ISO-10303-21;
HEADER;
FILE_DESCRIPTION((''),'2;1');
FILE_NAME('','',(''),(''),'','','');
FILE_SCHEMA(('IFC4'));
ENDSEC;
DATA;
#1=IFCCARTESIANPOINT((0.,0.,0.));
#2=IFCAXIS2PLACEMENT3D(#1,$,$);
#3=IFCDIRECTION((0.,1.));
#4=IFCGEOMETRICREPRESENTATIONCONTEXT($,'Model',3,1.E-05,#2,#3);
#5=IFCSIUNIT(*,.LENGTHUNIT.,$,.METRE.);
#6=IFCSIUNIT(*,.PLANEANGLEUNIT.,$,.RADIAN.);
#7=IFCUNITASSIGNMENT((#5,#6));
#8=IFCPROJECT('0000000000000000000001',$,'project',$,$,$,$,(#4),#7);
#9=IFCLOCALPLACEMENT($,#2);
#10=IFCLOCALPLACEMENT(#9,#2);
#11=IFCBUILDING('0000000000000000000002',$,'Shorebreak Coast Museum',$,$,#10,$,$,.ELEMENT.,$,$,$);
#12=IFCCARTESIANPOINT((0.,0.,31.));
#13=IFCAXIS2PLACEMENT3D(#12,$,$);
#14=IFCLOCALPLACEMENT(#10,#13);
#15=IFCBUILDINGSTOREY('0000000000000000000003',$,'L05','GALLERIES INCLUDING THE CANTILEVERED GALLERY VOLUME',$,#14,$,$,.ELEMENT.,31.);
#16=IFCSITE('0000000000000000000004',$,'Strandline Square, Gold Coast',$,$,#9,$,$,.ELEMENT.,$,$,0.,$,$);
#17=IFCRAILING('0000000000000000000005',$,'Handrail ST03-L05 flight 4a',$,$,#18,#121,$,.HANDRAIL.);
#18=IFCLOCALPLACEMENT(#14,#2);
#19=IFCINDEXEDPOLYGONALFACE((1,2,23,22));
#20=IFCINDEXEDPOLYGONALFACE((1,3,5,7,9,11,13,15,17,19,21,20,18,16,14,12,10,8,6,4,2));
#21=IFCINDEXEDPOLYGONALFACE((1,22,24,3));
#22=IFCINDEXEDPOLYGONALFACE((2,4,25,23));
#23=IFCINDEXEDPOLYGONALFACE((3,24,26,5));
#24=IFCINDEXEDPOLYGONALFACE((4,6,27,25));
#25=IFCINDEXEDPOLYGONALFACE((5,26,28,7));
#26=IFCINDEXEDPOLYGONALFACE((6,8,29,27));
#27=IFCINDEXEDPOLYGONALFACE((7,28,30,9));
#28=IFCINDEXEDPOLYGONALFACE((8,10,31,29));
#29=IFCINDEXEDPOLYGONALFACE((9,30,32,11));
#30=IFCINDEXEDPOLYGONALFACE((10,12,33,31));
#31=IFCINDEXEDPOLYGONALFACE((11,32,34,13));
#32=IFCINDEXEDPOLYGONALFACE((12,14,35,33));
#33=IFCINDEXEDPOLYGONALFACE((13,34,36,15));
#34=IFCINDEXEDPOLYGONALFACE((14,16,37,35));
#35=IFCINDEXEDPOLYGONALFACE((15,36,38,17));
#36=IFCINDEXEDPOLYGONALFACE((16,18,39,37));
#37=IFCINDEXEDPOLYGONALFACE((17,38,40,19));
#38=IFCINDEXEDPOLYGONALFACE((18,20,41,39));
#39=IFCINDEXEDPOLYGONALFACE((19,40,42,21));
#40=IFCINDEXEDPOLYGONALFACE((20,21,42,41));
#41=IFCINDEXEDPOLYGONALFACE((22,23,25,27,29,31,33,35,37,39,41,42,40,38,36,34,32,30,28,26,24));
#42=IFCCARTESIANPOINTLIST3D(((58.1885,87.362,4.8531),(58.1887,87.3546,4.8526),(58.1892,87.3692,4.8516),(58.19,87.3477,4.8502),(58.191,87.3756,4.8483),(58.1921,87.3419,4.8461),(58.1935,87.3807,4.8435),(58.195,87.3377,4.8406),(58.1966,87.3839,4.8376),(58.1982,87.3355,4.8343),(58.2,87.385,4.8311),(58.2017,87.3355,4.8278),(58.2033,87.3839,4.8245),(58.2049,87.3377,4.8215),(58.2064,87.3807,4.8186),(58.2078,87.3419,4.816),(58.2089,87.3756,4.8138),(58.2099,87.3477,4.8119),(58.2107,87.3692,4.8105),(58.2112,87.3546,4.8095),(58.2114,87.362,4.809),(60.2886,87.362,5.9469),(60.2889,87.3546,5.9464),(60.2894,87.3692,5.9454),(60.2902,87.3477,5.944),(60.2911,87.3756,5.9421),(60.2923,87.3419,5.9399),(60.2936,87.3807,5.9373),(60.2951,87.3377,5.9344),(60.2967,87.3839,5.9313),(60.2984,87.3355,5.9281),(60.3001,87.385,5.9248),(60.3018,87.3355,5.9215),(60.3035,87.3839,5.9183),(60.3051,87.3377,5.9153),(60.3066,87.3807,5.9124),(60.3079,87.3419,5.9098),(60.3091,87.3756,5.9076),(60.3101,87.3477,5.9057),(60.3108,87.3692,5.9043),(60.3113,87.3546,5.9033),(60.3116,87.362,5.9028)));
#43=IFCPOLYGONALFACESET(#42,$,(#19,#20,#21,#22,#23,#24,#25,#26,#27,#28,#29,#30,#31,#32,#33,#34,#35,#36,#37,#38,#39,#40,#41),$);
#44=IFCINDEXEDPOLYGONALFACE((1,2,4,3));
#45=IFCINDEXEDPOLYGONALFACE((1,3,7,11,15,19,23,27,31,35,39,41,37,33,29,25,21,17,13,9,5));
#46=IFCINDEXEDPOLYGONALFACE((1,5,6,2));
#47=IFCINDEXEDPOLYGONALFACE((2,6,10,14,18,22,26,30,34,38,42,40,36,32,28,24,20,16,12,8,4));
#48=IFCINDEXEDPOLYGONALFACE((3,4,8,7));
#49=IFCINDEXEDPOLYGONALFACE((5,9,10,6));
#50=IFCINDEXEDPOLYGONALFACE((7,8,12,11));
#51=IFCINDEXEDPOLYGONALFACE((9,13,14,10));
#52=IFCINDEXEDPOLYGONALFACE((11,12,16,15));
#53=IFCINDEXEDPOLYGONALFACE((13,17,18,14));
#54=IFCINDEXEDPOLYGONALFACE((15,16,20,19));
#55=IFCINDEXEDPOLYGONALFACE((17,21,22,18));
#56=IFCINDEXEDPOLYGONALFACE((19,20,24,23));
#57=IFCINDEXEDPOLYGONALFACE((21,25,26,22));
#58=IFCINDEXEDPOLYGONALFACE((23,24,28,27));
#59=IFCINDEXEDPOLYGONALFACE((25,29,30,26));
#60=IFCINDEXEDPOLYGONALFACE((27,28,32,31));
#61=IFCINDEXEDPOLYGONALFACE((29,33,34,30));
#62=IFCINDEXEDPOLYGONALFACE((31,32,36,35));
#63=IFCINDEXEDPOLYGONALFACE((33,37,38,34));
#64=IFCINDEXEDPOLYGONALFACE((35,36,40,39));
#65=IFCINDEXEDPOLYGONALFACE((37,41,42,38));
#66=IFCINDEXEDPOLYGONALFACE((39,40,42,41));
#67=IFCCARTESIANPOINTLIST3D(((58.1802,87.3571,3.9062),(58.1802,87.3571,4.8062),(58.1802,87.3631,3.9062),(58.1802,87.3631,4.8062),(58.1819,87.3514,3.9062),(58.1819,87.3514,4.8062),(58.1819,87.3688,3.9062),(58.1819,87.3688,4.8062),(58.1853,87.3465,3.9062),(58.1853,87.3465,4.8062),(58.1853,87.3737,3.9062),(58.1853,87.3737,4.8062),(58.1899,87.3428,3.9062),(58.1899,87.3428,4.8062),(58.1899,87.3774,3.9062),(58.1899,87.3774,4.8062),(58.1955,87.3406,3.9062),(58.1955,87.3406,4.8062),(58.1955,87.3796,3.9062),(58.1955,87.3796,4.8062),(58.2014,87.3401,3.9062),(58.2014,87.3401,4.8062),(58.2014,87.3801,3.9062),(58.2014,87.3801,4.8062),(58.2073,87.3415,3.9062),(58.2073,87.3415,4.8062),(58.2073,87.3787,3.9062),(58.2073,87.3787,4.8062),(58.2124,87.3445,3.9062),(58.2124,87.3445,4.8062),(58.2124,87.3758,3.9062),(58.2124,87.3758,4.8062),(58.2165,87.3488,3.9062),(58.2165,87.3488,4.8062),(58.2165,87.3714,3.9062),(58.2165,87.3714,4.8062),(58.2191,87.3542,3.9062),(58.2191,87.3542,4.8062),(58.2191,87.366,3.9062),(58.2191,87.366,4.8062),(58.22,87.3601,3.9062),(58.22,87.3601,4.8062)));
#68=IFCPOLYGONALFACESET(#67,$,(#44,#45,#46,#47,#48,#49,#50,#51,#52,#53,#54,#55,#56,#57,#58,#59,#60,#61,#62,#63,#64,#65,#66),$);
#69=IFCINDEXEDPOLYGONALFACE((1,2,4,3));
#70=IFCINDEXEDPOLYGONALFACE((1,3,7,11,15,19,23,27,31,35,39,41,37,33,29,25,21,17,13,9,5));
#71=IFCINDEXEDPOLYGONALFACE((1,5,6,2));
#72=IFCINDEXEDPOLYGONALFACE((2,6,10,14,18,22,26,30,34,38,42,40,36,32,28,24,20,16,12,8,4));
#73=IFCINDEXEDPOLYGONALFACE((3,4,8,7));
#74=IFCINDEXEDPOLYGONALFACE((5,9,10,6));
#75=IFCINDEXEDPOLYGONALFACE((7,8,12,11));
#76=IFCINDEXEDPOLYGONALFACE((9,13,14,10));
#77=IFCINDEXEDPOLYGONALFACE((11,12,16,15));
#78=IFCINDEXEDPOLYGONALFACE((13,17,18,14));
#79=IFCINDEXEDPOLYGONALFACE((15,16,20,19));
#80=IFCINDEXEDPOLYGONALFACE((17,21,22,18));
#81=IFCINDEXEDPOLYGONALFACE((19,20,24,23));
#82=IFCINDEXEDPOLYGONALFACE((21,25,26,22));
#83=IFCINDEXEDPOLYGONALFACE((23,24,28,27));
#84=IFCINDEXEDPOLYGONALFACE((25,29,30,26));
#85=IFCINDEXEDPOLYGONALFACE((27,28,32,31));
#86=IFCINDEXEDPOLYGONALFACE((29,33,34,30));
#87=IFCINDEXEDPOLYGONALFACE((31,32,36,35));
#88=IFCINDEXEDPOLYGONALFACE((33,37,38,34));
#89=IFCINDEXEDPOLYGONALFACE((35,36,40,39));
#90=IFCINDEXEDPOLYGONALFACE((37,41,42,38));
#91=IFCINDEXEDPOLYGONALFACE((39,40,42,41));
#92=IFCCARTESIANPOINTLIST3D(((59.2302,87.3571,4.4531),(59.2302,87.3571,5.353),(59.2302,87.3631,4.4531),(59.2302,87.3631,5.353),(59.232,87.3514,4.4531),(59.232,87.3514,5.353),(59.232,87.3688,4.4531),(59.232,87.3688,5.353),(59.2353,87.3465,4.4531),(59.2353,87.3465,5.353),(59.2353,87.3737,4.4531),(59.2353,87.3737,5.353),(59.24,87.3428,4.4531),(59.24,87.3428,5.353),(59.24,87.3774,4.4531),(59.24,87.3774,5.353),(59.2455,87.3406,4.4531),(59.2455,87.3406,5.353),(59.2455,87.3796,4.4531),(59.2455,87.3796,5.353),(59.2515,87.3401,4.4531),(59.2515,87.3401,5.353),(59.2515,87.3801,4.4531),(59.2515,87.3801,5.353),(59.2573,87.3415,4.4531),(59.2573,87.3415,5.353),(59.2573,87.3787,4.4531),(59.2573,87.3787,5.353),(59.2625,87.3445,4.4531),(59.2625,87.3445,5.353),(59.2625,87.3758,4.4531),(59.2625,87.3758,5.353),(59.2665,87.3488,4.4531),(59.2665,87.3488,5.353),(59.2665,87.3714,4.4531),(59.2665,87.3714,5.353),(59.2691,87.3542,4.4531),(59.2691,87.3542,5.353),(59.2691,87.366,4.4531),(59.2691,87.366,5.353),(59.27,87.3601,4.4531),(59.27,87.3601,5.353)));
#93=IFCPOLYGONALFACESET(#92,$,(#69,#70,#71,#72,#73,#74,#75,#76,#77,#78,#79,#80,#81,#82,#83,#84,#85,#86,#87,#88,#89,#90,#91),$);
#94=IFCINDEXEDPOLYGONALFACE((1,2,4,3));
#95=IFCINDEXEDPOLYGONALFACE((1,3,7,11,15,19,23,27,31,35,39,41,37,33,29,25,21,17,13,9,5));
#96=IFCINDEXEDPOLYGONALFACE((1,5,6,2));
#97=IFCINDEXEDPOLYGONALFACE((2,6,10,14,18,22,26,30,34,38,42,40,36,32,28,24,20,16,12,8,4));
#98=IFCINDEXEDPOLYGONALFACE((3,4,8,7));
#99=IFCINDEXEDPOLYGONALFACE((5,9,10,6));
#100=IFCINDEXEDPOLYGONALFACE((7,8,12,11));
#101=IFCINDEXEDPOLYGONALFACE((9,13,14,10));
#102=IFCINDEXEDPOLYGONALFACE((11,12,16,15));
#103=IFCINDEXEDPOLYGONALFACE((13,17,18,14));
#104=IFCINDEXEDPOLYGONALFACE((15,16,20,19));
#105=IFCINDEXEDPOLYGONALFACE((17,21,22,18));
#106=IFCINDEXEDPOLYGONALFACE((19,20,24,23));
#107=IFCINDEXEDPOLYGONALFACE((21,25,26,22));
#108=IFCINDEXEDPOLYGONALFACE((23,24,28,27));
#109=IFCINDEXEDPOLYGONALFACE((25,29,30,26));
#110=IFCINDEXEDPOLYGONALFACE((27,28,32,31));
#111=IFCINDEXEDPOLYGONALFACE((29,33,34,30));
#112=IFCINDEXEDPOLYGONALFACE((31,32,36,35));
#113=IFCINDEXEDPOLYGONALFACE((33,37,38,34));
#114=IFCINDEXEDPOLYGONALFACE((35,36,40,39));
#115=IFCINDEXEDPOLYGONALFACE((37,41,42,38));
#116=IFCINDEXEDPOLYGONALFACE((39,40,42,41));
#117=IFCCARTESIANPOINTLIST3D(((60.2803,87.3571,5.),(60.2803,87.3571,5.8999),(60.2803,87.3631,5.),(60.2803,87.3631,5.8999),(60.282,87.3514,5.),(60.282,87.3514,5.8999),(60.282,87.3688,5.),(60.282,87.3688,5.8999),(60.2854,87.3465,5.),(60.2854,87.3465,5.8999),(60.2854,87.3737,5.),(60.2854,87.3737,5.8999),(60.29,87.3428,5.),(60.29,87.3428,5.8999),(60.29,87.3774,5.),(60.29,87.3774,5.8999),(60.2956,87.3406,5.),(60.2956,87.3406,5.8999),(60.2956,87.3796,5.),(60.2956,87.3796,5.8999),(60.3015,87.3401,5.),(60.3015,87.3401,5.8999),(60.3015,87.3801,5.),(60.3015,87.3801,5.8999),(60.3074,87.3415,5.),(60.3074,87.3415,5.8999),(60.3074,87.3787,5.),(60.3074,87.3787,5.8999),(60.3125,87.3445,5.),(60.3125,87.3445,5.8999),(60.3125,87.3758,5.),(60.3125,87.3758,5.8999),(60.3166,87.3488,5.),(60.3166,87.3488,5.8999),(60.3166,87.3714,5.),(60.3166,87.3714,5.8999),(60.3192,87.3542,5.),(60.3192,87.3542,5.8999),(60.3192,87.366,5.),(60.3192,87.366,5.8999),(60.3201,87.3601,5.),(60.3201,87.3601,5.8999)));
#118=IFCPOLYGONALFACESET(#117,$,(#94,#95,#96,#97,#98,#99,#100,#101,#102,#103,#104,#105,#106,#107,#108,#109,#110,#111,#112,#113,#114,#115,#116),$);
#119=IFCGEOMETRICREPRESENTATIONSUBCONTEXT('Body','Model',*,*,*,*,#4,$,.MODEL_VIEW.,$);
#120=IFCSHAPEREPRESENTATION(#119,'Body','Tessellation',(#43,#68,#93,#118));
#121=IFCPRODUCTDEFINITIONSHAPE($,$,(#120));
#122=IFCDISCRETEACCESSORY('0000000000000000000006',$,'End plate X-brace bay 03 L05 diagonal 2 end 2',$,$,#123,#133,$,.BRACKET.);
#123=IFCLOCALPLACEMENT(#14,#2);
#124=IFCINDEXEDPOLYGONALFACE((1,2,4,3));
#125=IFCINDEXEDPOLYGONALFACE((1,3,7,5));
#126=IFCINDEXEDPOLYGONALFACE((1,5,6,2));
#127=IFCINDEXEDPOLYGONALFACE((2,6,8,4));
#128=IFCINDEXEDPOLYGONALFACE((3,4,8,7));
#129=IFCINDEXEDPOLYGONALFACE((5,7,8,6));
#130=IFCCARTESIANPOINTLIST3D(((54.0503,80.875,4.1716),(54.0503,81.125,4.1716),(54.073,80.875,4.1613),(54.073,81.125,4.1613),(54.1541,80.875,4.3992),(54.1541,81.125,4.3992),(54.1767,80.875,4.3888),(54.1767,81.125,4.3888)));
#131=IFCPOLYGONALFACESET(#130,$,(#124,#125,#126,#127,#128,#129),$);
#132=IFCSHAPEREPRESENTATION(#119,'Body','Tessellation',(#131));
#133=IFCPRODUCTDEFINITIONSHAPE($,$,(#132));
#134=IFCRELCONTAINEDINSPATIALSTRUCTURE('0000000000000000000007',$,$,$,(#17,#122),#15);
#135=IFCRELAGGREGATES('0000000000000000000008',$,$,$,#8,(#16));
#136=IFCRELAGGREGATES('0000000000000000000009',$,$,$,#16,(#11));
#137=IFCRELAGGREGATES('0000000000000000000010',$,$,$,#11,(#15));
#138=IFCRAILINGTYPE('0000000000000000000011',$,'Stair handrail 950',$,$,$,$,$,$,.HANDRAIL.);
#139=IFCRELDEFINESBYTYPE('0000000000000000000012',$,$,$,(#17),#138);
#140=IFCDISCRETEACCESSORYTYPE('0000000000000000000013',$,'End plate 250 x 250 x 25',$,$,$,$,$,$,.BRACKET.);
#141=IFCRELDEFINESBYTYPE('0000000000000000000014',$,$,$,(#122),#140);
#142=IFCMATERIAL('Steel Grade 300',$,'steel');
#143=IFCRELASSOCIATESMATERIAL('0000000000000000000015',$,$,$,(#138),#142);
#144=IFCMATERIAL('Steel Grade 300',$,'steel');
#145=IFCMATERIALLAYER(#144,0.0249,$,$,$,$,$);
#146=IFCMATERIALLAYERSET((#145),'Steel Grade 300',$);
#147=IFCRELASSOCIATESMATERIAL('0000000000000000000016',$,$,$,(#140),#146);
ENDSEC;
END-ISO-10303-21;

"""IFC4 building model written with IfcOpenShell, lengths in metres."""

from ifc_helpers import new_model, si_unit, direction, frame, origin, origin_2d, place, context, subcontext, project, spatial, polyline, circle, outline, extrude, material, layer, layer_set, type_object, element, save


model = new_model("IFC4")

# Units and contexts
model_context = context("Model", 3, precision=1e-05, world=origin(), true_north=direction((0.0, 1.0)))
body_context = subcontext(model_context, "Body", "Model", "MODEL_VIEW")
ifc_project = project(units=[si_unit("LENGTHUNIT", "METRE"), si_unit("PLANEANGLEUNIT", "RADIAN")], contexts=[model_context])

# Site, building, storey
site_placement = place(None, origin())
site = spatial("IfcSite", under=ifc_project, at=site_placement, Name="Strandline Square, Gold Coast", CompositionType="ELEMENT", RefElevation=0.0)
building_placement = place(site_placement, origin())
building = spatial("IfcBuilding", under=site, at=building_placement, Name="Shorebreak Coast Museum", CompositionType="ELEMENT")
storey_placement = place(building_placement, frame((0.0, 0.0, 31.0)))
storey = spatial("IfcBuildingStorey", under=building, at=storey_placement, Name="L05", Description="GALLERIES INCLUDING THE CANTILEVERED GALLERY VOLUME", CompositionType="ELEMENT", Elevation=31.0)

# Railing
ifc_material_1 = material(Name="Steel Grade 300", Category="steel")
railing_type_1 = type_object("IfcRailingType", Name="Stair handrail 950", PredefinedType="HANDRAIL", material=ifc_material_1)
railing_1_placement = place(storey_placement, frame((58.2, 87.3601, 3.9062)))
element("IfcRailing", 1, at=railing_1_placement, inside=storey, type_object=railing_type_1, Name="Handrail ST03-L05 flight 4a", PredefinedType="HANDRAIL", context=body_context, shape_type="SweptSolid", body=[
    extrude(circle(Radius=0.0249, at=origin_2d()), frame((0.0, 0.0, 0.9248), z_axis=(0.886923, 0.0, 0.461918), x_axis=(0.0, 1.0, 0.0)), (0.0, 0.0, 1.0), 2.3679),
    extrude(circle(Radius=0.02, at=origin_2d()), origin(), (0.0, 0.0, 1.0), 0.8999),
    extrude(circle(Radius=0.02, at=origin_2d()), frame((1.05, 0.0, 0.5469)), (0.0, 0.0, 1.0), 0.8999),
    extrude(circle(Radius=0.02, at=origin_2d()), frame((2.1001, 0.0, 1.0938)), (0.0, 0.0, 1.0), 0.8999),
])

# Discrete accessory
ifc_material_2 = material(Name="Steel Grade 300", Category="steel")
ifc_layer_1 = layer(ifc_material_2, 0.0249)
ifc_layer_set_1 = layer_set([ifc_layer_1], Name="Steel Grade 300")
discrete_accessory_type = type_object("IfcDiscreteAccessoryType", Name="End plate 250 x 250 x 25", PredefinedType="BRACKET", material=ifc_layer_set_1)
discrete_accessory_placement = place(storey_placement, frame((54.0503, 81.125, 4.1716), z_axis=(-0.909864, 0.0, 0.414906), x_axis=(0.0, -1.0, 0.0)))
element("IfcDiscreteAccessory", 2, at=discrete_accessory_placement, inside=storey, type_object=discrete_accessory_type, Name="End plate X-brace bay 03 L05 diagonal 2 end 2", PredefinedType="BRACKET", context=body_context, shape_type="SweptSolid", body=[
    extrude(outline(polyline([(0.0, 0.0), (0.25, 0.0), (0.25, 0.2501), (0.0, 0.2501), (0.0, 0.0)])), origin(), (0.0, 0.0, -1.0), 0.0249),
])

save(model, "model.ifc")
